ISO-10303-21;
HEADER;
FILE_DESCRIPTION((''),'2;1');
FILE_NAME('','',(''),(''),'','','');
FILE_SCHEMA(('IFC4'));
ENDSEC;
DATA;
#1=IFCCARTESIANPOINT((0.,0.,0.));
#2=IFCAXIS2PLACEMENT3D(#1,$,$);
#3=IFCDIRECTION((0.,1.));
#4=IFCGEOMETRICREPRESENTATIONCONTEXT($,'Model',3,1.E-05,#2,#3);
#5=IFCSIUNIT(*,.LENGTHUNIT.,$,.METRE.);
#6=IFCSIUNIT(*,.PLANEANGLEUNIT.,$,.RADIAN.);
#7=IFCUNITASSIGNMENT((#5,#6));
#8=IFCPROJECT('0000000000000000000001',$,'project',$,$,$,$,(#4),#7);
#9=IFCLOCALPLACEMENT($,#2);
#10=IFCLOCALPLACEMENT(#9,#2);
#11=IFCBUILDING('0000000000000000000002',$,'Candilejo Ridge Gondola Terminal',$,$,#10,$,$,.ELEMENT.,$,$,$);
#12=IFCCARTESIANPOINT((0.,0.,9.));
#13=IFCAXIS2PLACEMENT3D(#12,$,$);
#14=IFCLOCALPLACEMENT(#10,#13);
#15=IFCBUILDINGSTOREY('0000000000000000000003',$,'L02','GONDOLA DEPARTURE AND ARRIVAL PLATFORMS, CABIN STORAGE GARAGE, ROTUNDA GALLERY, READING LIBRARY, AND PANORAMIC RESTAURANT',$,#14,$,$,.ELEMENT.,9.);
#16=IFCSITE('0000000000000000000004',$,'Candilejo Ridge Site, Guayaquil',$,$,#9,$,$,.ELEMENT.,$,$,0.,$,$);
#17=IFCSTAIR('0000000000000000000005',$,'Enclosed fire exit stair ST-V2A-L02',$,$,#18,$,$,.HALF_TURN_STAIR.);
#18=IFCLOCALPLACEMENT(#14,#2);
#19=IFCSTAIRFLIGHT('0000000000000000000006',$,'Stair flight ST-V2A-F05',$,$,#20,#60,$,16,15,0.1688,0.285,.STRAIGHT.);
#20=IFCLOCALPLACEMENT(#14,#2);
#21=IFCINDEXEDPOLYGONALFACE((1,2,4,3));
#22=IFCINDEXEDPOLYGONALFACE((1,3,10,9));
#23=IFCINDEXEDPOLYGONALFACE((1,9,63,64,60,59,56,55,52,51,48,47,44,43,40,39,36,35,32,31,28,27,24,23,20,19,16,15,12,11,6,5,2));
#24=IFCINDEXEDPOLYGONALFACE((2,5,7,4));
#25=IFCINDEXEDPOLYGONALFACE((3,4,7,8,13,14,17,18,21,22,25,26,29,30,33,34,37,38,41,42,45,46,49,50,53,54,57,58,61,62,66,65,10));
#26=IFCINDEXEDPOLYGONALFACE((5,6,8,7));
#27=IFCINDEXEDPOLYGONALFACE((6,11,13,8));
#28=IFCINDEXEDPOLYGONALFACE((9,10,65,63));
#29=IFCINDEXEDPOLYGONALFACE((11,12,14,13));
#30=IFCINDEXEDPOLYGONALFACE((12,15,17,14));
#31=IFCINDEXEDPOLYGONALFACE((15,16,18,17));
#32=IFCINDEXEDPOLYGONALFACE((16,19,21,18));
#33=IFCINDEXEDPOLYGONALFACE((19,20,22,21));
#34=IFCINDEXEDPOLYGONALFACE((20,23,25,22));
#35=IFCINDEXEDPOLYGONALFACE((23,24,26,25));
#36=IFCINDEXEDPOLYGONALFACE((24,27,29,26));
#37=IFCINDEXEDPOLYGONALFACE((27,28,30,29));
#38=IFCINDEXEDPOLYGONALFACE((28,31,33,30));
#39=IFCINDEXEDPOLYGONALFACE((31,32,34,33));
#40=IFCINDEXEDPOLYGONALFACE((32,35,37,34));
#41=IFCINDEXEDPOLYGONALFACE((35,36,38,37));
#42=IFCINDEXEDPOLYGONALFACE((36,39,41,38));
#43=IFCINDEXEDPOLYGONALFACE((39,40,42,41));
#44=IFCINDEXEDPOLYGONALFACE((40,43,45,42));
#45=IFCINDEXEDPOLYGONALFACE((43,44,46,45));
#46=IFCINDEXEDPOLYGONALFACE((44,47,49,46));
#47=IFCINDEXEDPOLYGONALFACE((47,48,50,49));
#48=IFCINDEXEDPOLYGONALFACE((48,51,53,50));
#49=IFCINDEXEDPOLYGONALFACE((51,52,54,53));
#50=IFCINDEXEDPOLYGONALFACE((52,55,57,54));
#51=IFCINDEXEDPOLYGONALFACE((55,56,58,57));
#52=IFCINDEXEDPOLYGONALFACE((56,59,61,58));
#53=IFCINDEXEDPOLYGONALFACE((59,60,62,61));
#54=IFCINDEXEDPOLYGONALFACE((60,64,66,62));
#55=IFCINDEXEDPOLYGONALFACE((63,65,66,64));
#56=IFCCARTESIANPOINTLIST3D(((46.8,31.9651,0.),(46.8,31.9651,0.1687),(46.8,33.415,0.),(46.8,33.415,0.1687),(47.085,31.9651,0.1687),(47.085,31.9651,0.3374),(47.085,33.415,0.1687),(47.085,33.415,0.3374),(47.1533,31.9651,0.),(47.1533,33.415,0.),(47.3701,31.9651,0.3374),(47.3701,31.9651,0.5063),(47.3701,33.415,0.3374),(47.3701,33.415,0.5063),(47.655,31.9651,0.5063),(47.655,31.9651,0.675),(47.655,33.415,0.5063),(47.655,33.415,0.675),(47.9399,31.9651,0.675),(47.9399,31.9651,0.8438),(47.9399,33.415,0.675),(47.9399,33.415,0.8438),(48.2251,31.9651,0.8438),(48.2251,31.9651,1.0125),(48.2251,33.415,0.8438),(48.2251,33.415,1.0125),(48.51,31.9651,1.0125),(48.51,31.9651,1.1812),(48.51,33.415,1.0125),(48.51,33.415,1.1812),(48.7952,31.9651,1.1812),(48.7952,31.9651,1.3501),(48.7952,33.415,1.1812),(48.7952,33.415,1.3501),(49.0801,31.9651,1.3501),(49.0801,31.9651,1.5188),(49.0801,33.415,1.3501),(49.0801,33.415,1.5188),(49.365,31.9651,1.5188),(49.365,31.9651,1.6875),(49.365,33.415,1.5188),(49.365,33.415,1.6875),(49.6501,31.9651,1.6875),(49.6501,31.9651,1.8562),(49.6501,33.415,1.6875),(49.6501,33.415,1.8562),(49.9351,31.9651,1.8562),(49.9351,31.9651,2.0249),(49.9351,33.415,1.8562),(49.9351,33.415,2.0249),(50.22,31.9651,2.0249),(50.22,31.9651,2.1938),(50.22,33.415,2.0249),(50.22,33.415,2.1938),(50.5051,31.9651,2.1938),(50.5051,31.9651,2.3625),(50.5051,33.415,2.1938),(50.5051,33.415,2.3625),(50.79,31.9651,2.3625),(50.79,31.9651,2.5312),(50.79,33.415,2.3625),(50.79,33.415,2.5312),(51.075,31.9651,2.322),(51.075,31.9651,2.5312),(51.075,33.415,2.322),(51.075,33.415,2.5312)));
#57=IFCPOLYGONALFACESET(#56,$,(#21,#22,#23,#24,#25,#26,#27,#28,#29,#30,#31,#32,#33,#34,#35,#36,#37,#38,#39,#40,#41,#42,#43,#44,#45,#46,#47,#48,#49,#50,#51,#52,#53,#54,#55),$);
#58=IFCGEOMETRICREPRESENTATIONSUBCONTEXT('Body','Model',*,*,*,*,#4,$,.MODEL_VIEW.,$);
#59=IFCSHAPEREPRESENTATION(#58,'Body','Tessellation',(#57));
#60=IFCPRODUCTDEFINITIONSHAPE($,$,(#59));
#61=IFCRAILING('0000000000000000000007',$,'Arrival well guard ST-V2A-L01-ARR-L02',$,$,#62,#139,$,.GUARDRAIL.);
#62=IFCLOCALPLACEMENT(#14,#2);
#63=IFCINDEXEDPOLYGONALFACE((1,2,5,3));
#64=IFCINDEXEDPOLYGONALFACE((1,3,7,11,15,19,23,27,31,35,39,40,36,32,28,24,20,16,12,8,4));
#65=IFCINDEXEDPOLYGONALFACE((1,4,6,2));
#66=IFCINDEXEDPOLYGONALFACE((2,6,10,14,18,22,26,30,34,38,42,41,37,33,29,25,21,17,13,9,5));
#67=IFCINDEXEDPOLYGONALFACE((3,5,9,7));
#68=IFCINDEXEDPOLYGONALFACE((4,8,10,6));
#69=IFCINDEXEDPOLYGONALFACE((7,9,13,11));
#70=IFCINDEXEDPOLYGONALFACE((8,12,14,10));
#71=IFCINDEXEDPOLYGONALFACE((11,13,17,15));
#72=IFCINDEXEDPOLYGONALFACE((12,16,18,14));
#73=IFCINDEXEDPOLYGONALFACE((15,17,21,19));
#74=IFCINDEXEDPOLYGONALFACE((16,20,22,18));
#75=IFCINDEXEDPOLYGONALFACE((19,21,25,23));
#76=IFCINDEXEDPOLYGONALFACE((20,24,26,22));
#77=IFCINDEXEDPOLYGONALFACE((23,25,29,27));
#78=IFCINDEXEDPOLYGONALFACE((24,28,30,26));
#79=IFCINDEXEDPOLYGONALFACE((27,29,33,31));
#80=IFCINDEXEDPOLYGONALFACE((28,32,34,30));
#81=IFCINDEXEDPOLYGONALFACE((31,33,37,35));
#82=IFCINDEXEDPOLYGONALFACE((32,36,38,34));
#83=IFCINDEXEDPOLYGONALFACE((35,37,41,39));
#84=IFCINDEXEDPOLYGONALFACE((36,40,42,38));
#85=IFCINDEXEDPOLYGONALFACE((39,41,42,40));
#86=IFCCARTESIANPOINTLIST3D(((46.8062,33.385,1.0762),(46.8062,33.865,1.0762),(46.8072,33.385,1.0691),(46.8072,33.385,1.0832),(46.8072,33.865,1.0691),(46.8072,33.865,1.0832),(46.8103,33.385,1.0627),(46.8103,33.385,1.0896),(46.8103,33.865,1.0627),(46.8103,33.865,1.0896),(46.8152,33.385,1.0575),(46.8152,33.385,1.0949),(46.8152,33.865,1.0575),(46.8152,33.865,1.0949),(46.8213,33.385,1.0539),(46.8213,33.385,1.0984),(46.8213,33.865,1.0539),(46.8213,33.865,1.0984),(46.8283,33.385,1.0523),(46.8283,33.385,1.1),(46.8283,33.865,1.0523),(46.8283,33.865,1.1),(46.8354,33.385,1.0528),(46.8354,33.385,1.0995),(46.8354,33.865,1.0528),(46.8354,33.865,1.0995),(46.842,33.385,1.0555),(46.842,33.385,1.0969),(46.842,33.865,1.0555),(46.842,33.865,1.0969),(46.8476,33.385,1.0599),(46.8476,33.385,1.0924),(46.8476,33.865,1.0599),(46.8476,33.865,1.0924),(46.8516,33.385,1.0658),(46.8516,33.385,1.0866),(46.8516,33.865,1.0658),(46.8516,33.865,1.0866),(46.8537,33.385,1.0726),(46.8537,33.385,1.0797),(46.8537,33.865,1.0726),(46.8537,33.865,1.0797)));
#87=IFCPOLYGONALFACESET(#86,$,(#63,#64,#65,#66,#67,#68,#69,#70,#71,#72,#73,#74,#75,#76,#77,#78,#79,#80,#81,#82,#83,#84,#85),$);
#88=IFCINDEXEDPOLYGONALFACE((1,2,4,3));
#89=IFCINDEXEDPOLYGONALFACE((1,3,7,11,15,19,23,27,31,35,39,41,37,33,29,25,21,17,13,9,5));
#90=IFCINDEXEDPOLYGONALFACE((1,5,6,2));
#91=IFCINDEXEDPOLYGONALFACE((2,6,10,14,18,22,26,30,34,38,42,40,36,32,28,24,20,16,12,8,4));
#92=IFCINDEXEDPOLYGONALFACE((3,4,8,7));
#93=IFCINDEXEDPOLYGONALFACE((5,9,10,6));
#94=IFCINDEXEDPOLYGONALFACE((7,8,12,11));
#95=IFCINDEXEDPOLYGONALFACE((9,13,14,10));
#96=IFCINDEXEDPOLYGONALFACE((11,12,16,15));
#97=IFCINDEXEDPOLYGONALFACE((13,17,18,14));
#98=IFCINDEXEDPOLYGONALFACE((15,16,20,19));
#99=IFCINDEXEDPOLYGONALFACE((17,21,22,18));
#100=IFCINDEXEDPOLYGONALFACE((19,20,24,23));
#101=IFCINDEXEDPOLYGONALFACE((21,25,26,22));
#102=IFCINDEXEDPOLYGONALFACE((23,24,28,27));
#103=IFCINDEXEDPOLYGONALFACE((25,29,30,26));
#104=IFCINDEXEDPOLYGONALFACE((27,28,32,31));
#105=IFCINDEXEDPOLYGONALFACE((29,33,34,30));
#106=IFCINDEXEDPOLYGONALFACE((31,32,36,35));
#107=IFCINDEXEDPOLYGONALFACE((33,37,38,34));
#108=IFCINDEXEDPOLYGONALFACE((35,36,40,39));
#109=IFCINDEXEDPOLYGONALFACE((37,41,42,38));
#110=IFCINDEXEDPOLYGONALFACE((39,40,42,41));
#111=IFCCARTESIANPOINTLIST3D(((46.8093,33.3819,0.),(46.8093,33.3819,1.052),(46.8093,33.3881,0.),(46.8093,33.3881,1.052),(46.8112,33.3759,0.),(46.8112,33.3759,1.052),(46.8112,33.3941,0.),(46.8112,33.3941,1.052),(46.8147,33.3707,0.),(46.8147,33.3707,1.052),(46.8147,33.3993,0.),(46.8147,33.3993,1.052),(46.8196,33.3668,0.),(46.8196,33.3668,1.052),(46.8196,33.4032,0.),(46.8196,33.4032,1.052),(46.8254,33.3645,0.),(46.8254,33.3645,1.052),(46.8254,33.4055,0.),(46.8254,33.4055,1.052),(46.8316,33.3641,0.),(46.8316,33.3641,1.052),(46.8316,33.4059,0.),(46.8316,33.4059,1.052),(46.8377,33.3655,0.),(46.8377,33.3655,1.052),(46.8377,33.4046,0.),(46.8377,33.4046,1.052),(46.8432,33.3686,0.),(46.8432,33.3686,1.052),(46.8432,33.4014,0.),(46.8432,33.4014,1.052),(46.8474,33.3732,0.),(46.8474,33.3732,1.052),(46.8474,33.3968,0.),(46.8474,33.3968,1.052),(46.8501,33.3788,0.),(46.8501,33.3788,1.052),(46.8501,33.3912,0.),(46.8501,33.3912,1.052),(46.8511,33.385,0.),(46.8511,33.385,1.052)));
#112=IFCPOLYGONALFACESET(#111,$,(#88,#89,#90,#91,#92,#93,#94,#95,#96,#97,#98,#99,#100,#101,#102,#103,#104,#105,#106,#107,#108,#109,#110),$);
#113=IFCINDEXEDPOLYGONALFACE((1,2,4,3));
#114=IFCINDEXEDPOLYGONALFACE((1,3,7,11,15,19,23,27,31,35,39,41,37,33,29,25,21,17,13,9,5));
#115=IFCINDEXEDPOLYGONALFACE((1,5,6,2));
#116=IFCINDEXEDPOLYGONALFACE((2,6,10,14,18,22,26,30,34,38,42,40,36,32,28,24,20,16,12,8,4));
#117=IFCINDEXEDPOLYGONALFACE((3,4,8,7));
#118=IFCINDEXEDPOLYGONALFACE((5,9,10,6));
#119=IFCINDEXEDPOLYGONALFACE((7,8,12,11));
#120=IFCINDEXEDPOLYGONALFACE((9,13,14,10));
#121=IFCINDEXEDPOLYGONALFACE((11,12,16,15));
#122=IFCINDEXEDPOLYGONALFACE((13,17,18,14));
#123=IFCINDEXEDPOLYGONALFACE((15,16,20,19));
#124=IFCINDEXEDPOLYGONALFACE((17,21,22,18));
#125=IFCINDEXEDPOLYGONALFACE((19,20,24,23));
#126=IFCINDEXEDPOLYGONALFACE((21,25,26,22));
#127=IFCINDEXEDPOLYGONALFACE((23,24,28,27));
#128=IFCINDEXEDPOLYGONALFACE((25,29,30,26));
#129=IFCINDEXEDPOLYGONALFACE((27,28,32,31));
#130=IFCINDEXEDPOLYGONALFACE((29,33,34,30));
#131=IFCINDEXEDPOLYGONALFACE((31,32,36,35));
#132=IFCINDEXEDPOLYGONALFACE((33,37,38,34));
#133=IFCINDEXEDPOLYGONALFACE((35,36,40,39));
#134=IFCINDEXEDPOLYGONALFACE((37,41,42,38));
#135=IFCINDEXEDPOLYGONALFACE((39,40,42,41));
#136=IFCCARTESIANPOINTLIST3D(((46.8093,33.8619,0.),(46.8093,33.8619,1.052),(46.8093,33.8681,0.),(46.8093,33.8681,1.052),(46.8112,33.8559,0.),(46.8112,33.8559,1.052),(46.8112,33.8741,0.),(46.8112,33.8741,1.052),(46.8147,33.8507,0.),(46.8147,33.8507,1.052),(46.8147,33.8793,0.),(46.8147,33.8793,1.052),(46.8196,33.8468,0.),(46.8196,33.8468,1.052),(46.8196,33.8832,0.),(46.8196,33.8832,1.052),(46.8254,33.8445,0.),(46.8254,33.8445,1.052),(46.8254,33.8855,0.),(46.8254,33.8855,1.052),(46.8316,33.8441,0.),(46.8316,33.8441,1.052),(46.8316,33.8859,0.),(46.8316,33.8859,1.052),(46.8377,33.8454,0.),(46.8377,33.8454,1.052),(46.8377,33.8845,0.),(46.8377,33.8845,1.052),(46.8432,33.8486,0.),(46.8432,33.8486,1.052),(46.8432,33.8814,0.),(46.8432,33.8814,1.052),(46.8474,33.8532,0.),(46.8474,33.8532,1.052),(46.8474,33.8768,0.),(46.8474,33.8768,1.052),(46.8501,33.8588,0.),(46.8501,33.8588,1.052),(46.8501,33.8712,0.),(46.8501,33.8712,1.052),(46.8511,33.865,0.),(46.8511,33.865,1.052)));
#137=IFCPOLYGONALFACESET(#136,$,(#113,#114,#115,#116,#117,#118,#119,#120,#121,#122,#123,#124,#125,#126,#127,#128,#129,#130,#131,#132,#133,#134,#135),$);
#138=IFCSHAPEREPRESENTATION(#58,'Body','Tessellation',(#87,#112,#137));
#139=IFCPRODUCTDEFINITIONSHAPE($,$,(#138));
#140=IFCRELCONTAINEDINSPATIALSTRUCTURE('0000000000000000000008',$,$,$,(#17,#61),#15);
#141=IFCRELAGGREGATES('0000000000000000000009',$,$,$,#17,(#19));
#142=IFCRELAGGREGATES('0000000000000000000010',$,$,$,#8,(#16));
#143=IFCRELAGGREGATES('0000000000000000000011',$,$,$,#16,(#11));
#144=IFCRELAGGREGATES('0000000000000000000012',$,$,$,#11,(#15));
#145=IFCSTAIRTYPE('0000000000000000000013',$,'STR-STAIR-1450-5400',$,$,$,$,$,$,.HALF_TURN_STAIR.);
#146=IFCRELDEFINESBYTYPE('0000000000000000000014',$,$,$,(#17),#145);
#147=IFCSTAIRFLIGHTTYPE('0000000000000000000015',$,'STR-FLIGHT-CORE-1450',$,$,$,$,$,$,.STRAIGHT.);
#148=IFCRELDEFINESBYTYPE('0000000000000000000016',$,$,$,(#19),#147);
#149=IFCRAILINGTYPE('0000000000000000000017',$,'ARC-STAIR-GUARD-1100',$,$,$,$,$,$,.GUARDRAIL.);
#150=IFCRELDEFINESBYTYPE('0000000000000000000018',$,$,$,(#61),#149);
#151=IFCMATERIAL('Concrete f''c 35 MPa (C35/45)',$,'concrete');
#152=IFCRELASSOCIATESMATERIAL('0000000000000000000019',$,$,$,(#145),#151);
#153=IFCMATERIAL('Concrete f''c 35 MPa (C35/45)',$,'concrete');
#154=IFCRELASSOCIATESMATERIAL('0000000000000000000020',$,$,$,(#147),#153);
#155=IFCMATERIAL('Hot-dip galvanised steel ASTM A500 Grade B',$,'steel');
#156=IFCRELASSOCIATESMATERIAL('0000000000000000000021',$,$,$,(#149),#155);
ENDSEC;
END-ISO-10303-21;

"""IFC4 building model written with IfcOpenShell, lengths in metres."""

from ifc_helpers import new_model, si_unit, direction, frame, origin, origin_2d, place, context, subcontext, project, spatial, polyline, circle, outline, extrude, material, type_object, element, aggregate, save


model = new_model("IFC4")

# Units and contexts
model_context = context("Model", 3, precision=1e-05, world=origin(), true_north=direction((0.0, 1.0)))
body_context = subcontext(model_context, "Body", "Model", "MODEL_VIEW")
ifc_project = project(units=[si_unit("LENGTHUNIT", "METRE"), si_unit("PLANEANGLEUNIT", "RADIAN")], contexts=[model_context])

# Site, building, storey
site_placement = place(None, origin())
site = spatial("IfcSite", under=ifc_project, at=site_placement, Name="Candilejo Ridge Site, Guayaquil", CompositionType="ELEMENT", RefElevation=0.0)
building_placement = place(site_placement, origin())
building = spatial("IfcBuilding", under=site, at=building_placement, Name="Candilejo Ridge Gondola Terminal", CompositionType="ELEMENT")
storey_placement = place(building_placement, frame((0.0, 0.0, 9.0)))
storey = spatial("IfcBuildingStorey", under=building, at=storey_placement, Name="L02", Description="GONDOLA DEPARTURE AND ARRIVAL PLATFORMS, CABIN STORAGE GARAGE, ROTUNDA GALLERY, READING LIBRARY, AND PANORAMIC RESTAURANT", CompositionType="ELEMENT", Elevation=9.0)

# Stair, stair flight
ifc_material_1 = material(Name="Concrete f'c 35 MPa (C35/45)", Category="concrete")
stair_type = type_object("IfcStairType", Name="STR-STAIR-1450-5400", PredefinedType="HALF_TURN_STAIR", material=ifc_material_1)
stair_placement = place(storey_placement, origin())
stair = element("IfcStair", 1, at=stair_placement, inside=storey, type_object=stair_type, Name="Enclosed fire exit stair ST-V2A-L02", PredefinedType="HALF_TURN_STAIR")
ifc_material_2 = material(Name="Concrete f'c 35 MPa (C35/45)", Category="concrete")
stair_flight_type = type_object("IfcStairFlightType", Name="STR-FLIGHT-CORE-1450", PredefinedType="STRAIGHT", material=ifc_material_2)
stair_flight_placement = place(storey_placement, frame((46.8, 32.6899, 0.0), z_axis=(0.0, 0.0, 1.0), x_axis=(1.0, 0.0, 0.0)))
stair_flight = element("IfcStairFlight", 2, at=stair_flight_placement, type_object=stair_flight_type, Name="Stair flight ST-V2A-F05", NumberOfRisers=16, NumberOfTreads=15, PredefinedType="STRAIGHT", RiserHeight=0.1688, TreadLength=0.285, context=body_context, shape_type="SweptSolid", body=[
    extrude(outline(polyline([(0.0, 0.0), (0.0, 0.1687), (0.2849, 0.1687), (0.2849, 0.3374), (0.5701, 0.3374), (0.5701, 0.5063), (0.855, 0.5063), (0.855, 0.675), (1.1399, 0.675), (1.1399, 0.8438), (1.425, 0.8438), (1.425, 1.0125), (1.71, 1.0125), (1.71, 1.1812), (1.9951, 1.1812), (1.9951, 1.3501), (2.28, 1.3501), (2.28, 1.5188), (2.5649, 1.5188), (2.5649, 1.6875), (2.8501, 1.6875), (2.8501, 1.8562), (3.135, 1.8562), (3.135, 2.0249), (3.4199, 2.0249), (3.4199, 2.1938), (3.7051, 2.1938), (3.7051, 2.3625), (3.99, 2.3625), (3.99, 2.5312), (4.2749, 2.5312), (4.2749, 2.7), (4.2749, 2.322), (0.3533, 0.0), (0.0, 0.0)])), frame((0.0, 0.7251, 0.0), z_axis=(0.0, -1.0, 0.0), x_axis=(1.0, 0.0, 0.0)), (0.0, 0.0, 1.0), 1.45),
])
aggregate(stair, [stair_flight])

# Railing
ifc_material_3 = material(Name="Hot-dip galvanised steel ASTM A500 Grade B", Category="steel")
railing_type_1 = type_object("IfcRailingType", Name="ARC-STAIR-GUARD-1100", PredefinedType="GUARDRAIL", material=ifc_material_3)
railing_1_placement = place(storey_placement, frame((46.8301, 33.385, 0.0)))
element("IfcRailing", 3, at=railing_1_placement, inside=storey, type_object=railing_type_1, Name="Arrival well guard ST-V2A-L01-ARR-L02", PredefinedType="GUARDRAIL", context=body_context, shape_type="SweptSolid", body=[
    extrude(circle(Radius=0.0239, at=origin_2d()), frame((0.0, 0.0, 1.0762), z_axis=(0.0, 1.0, 0.0), x_axis=(-1.0, 0.0, 0.0)), (0.0, 0.0, 1.0), 0.48),
    extrude(circle(Radius=0.021, at=origin_2d()), origin(), (0.0, 0.0, 1.0), 1.052),
    extrude(circle(Radius=0.021, at=origin_2d()), frame((0.0, 0.48, 0.0)), (0.0, 0.0, 1.0), 1.052),
])

save(model, "model.ifc")
